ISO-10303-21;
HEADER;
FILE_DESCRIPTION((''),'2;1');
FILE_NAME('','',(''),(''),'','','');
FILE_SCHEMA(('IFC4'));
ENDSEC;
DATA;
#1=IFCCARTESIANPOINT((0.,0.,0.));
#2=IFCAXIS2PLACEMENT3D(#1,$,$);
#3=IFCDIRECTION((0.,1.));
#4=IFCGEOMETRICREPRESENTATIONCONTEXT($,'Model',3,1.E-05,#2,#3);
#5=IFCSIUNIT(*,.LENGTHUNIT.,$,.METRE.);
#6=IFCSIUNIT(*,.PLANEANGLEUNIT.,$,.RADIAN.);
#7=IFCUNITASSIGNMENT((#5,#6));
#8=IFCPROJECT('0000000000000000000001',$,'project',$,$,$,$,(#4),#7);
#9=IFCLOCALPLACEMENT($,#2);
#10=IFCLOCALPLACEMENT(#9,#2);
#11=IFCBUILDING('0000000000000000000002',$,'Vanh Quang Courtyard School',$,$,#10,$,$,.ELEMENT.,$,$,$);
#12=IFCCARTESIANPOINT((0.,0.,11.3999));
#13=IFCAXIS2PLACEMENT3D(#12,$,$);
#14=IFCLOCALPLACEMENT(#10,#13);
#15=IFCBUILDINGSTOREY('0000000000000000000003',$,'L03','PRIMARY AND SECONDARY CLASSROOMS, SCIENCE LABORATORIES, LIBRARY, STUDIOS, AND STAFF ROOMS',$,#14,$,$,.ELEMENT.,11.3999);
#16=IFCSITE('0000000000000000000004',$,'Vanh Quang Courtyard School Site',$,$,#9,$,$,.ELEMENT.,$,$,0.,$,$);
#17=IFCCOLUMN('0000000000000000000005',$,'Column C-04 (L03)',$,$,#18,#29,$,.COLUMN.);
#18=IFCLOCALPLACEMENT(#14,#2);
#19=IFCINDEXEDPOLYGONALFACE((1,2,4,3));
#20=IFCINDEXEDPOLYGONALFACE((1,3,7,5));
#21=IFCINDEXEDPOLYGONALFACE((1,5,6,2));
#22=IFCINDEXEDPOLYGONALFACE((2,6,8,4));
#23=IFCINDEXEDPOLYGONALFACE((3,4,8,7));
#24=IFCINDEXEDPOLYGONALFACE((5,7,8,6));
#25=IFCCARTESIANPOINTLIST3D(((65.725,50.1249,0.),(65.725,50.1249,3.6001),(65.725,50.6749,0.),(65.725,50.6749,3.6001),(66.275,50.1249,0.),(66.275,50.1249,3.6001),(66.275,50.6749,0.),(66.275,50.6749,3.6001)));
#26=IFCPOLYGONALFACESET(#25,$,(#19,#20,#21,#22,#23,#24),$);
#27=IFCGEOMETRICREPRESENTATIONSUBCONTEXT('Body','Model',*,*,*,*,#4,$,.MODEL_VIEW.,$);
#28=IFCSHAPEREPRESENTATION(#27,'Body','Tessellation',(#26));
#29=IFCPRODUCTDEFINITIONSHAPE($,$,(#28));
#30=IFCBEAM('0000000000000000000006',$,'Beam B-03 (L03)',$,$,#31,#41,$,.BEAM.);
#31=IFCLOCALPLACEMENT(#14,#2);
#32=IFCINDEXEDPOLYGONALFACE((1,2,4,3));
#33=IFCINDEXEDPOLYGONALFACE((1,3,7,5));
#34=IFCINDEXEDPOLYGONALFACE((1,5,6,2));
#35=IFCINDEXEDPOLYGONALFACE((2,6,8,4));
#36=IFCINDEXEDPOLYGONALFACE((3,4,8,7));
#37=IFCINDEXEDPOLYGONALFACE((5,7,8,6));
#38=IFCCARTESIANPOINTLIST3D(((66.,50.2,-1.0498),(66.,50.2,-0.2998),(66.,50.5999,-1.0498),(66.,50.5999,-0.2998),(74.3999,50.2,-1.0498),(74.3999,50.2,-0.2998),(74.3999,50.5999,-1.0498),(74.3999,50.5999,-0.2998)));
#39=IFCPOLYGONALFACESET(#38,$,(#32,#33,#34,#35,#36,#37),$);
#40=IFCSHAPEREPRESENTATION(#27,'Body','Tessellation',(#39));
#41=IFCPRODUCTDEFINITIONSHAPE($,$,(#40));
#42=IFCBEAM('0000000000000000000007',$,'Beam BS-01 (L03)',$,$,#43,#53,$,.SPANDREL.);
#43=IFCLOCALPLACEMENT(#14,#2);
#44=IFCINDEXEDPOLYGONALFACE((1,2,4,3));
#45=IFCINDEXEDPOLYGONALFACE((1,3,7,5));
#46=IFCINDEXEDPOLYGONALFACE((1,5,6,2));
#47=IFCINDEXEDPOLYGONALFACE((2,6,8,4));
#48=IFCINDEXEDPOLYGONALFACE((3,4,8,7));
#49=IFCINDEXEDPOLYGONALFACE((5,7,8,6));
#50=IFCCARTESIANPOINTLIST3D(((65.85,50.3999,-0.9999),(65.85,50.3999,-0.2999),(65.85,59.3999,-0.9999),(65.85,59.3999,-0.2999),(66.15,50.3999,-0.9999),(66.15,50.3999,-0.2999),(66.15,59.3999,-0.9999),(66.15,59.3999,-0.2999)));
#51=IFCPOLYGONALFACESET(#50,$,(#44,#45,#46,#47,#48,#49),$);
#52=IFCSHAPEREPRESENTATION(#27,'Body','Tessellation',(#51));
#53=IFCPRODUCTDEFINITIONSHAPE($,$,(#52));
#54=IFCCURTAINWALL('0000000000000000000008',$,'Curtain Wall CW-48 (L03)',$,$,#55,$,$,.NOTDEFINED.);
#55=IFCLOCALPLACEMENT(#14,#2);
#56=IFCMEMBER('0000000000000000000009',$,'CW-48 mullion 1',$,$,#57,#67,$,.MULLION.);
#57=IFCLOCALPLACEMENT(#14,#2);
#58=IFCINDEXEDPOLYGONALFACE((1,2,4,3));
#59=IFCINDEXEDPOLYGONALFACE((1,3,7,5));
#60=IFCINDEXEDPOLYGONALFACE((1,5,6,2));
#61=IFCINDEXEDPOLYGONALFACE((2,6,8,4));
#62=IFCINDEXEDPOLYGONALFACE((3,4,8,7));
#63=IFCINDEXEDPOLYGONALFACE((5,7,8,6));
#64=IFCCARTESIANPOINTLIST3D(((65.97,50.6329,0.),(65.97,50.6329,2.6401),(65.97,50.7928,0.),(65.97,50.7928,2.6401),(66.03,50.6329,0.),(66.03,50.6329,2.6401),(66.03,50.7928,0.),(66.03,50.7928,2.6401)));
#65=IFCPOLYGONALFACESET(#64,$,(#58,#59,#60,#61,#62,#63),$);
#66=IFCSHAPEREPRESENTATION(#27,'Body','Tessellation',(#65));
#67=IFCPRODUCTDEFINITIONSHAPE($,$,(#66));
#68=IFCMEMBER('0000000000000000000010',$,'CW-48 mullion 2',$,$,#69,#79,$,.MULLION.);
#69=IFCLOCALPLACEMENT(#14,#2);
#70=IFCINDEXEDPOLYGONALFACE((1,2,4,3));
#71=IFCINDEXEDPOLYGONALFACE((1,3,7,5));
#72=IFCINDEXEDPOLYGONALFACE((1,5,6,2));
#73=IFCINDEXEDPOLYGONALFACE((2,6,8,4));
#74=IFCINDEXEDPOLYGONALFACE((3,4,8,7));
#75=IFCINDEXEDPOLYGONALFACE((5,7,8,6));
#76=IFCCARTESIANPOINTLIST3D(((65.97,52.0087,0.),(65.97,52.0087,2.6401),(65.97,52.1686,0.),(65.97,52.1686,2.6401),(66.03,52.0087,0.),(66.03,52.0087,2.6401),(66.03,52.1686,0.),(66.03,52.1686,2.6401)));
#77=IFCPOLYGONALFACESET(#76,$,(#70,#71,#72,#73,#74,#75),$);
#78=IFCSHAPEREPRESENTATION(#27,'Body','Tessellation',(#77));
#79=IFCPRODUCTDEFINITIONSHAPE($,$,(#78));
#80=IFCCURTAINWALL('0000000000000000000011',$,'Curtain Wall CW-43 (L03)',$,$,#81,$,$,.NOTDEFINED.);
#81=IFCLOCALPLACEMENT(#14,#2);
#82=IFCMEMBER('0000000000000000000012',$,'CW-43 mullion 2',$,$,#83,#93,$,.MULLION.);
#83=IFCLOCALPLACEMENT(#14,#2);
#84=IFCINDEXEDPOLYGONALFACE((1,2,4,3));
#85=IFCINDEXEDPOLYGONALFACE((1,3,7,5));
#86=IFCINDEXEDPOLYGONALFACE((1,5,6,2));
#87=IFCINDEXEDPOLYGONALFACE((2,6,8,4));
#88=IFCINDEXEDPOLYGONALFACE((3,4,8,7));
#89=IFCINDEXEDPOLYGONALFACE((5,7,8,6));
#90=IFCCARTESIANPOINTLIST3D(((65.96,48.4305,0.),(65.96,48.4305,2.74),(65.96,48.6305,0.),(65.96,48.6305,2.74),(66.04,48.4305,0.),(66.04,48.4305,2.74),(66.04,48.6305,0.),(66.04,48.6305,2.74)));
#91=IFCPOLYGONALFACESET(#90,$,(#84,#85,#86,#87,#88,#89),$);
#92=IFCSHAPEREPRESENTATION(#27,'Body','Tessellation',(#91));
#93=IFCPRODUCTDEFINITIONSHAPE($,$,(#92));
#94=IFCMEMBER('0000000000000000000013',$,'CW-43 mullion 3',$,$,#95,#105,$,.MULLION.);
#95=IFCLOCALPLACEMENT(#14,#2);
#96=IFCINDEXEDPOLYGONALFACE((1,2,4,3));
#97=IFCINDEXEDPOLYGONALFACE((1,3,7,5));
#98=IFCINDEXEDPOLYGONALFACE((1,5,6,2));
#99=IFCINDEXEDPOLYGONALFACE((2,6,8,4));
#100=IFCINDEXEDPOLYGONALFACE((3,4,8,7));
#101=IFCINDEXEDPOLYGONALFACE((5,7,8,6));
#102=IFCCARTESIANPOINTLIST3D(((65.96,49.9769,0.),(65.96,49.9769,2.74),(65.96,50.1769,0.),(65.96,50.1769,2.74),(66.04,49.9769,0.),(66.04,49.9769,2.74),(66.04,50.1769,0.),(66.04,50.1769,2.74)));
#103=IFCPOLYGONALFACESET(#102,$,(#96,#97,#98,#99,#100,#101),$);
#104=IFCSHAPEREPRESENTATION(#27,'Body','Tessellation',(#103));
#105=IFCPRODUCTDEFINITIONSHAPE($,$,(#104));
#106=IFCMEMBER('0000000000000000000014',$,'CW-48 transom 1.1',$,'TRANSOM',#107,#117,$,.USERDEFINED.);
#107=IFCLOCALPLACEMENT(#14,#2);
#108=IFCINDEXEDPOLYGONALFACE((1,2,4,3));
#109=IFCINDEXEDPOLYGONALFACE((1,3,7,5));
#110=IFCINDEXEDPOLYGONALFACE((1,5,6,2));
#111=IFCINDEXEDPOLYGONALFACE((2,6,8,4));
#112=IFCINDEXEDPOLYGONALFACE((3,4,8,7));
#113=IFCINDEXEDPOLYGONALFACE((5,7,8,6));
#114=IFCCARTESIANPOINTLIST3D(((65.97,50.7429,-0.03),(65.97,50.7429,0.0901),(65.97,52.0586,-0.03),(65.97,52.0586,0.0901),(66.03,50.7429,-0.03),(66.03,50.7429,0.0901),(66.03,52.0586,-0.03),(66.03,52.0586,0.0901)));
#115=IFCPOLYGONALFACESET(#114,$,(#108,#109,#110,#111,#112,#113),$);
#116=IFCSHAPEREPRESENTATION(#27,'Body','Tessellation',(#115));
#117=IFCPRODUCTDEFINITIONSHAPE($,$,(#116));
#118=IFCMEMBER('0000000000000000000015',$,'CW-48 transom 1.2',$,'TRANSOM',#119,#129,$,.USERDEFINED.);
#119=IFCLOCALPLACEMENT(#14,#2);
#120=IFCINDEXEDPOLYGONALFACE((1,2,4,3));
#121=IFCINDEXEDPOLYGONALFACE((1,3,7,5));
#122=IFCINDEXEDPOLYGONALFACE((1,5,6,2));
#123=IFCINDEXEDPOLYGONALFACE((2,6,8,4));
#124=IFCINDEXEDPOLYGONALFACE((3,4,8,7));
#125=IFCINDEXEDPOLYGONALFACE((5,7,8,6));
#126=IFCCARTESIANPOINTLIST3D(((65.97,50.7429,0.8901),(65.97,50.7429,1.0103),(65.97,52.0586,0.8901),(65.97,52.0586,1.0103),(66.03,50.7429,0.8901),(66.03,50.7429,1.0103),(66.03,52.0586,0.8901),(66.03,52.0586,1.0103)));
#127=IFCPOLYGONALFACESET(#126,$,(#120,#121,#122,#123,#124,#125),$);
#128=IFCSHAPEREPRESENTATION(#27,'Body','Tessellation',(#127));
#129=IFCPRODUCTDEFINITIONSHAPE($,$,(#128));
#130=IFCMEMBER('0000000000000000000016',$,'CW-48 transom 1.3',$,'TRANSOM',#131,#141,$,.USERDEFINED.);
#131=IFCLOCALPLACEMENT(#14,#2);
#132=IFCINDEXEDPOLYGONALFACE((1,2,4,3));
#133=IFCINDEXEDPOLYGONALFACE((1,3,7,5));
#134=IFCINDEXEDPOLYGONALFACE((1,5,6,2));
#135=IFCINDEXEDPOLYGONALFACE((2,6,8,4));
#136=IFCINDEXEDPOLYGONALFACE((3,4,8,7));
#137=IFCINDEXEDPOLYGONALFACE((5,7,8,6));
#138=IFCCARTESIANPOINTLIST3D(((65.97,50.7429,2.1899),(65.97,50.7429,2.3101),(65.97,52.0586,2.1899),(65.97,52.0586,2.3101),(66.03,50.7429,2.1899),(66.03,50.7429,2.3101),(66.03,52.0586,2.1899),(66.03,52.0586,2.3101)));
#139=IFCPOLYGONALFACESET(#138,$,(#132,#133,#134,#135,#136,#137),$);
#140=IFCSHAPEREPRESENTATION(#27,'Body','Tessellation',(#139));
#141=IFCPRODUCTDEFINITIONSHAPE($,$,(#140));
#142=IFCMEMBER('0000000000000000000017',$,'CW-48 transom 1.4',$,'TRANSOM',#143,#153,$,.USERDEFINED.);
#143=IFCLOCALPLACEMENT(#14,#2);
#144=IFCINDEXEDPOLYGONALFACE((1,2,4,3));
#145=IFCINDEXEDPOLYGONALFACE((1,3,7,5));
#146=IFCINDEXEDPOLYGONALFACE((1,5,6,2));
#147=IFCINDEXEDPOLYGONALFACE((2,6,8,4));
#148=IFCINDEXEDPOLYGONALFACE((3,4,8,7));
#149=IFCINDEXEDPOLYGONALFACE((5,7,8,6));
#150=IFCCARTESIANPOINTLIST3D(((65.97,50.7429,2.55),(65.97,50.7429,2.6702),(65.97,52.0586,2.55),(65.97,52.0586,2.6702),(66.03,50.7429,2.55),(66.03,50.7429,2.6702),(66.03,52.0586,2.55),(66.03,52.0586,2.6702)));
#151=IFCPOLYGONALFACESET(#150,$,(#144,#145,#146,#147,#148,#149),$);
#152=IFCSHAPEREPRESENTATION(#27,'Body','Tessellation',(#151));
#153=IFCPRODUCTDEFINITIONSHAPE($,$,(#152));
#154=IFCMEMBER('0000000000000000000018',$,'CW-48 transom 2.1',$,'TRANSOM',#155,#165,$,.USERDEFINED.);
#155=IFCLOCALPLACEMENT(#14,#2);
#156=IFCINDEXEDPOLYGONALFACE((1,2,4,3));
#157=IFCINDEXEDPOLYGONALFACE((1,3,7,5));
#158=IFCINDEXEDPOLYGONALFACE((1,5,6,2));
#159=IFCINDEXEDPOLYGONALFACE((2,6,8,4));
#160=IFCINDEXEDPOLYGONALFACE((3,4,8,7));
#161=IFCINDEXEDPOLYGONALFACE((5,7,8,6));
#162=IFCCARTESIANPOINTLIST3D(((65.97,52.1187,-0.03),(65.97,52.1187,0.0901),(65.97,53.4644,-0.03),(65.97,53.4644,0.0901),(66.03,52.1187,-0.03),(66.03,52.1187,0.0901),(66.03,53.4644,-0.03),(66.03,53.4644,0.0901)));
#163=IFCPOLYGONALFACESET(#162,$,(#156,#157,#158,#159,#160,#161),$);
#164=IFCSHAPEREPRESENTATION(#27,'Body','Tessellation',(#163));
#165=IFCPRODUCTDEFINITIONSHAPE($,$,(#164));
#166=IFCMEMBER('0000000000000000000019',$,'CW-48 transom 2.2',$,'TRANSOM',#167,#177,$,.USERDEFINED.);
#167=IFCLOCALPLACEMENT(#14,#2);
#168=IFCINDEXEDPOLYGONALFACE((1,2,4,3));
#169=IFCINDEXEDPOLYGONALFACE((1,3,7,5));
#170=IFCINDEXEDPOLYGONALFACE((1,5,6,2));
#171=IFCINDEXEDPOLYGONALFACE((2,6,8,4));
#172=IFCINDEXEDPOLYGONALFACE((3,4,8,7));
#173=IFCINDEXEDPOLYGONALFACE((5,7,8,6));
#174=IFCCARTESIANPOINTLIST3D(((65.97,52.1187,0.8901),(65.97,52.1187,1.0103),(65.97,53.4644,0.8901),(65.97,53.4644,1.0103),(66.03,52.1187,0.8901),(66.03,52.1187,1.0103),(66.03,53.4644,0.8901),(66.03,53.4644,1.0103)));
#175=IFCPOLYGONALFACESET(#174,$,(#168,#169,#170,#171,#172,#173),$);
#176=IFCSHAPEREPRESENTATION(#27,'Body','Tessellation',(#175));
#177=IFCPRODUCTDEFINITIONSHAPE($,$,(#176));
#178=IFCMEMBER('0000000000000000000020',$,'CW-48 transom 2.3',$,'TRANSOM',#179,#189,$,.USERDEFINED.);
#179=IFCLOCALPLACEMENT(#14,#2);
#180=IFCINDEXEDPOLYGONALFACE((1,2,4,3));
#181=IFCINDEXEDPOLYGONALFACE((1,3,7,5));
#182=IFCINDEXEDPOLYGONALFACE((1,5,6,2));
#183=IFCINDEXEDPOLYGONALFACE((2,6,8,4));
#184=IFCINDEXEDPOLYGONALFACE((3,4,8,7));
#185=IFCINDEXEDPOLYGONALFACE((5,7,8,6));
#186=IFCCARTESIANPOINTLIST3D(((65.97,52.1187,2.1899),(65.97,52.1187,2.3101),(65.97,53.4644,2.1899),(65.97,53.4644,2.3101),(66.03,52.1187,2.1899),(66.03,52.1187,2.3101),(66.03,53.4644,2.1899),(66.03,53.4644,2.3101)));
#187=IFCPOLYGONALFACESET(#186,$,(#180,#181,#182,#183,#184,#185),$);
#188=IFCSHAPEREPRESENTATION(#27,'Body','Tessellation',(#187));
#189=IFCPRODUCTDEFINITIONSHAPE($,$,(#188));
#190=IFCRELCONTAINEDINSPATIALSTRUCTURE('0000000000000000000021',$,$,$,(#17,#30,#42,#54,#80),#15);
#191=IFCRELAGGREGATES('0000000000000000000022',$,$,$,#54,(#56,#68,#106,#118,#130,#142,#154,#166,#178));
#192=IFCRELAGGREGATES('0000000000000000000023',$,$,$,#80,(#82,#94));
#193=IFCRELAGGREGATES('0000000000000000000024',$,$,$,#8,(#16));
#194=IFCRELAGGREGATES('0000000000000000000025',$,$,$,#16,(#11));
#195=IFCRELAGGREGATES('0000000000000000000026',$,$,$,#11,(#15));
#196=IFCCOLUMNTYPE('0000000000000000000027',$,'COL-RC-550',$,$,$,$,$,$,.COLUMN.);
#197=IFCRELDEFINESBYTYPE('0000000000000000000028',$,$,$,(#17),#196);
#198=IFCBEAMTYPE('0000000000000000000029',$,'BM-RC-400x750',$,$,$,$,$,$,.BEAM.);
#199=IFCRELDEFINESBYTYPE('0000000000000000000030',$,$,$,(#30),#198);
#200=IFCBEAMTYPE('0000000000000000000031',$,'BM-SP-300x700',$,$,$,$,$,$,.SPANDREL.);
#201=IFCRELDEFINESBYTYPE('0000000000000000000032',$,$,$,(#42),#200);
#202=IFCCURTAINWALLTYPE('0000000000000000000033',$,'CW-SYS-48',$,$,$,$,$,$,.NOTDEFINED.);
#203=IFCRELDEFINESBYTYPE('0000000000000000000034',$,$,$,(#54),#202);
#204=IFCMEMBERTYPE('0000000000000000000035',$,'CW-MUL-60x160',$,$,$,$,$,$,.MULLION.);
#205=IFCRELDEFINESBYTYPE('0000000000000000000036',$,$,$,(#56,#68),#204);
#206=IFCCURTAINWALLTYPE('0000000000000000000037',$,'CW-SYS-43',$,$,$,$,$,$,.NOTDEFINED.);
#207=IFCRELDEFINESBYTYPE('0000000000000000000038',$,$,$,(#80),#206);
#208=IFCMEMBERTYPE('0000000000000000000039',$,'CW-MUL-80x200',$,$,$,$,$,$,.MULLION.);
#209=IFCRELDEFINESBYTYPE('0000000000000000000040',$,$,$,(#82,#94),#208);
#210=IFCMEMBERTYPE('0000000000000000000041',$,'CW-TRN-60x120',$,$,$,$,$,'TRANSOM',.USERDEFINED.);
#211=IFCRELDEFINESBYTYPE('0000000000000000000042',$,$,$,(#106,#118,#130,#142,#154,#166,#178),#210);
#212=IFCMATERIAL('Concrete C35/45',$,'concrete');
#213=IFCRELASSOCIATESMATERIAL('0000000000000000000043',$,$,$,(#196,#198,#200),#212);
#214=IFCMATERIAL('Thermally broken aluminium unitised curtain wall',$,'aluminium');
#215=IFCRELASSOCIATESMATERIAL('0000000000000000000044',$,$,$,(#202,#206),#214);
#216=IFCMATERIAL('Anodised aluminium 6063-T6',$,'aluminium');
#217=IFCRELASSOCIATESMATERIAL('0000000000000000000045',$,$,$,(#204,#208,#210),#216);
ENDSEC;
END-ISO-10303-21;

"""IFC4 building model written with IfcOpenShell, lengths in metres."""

from ifc_helpers import new_model, si_unit, direction, frame, origin, origin_2d, place, context, subcontext, project, spatial, rectangle, extrude, material, material_profile, profile_set, type_object, element, aggregate, save


model = new_model("IFC4")

# Units and contexts
model_context = context("Model", 3, precision=1e-05, world=origin(), true_north=direction((0.0, 1.0)))
body_context = subcontext(model_context, "Body", "Model", "MODEL_VIEW")
ifc_project = project(units=[si_unit("LENGTHUNIT", "METRE"), si_unit("PLANEANGLEUNIT", "RADIAN")], contexts=[model_context])

# Site, building, storey
site_placement = place(None, origin())
site = spatial("IfcSite", under=ifc_project, at=site_placement, Name="Vanh Quang Courtyard School Site", CompositionType="ELEMENT", RefElevation=0.0)
building_placement = place(site_placement, origin())
building = spatial("IfcBuilding", under=site, at=building_placement, Name="Vanh Quang Courtyard School", CompositionType="ELEMENT")
storey_placement = place(building_placement, frame((0.0, 0.0, 11.3999)))
storey = spatial("IfcBuildingStorey", under=building, at=storey_placement, Name="L03", Description="PRIMARY AND SECONDARY CLASSROOMS, SCIENCE LABORATORIES, LIBRARY, STUDIOS, AND STAFF ROOMS", CompositionType="ELEMENT", Elevation=11.3999)

# Column
ifc_material_1 = material(Name="Concrete C35/45", Category="concrete")
ifc_material_profile_1 = material_profile(ifc_material_1, rectangle(XDim=0.55, YDim=0.55, at=origin_2d()), Name="RC-COL 550x550")
ifc_profile_set_1 = profile_set([ifc_material_profile_1], Name="Concrete C35/45")
column_type = type_object("IfcColumnType", Name="COL-RC-550", PredefinedType="COLUMN", material=ifc_profile_set_1)
column_placement = place(storey_placement, frame((66.0, 50.3999, 0.0), z_axis=(0.0, 0.0, 1.0), x_axis=(1.0, 0.0, 0.0)))
element("IfcColumn", 1, at=column_placement, inside=storey, type_object=column_type, Name="Column C-04 (L03)", PredefinedType="COLUMN", context=body_context, shape_type="SweptSolid", body=[
    extrude(rectangle(XDim=0.55, YDim=0.55, at=origin_2d()), origin(), (0.0, 0.0, 1.0), 3.6001),
])

# Beams
ifc_material_profile_2 = material_profile(ifc_material_1, rectangle(XDim=0.3999, YDim=0.75, at=origin_2d()), Name="RC-BM 400x750")
ifc_profile_set_2 = profile_set([ifc_material_profile_2], Name="Concrete C35/45")
beam_type_1 = type_object("IfcBeamType", Name="BM-RC-400x750", PredefinedType="BEAM", material=ifc_profile_set_2)
beam_1_placement = place(storey_placement, frame((66.0, 50.3999, -0.6748), z_axis=(1.0, 0.0, 0.0), x_axis=(0.0, 1.0, 0.0)))
element("IfcBeam", 2, at=beam_1_placement, inside=storey, type_object=beam_type_1, Name="Beam B-03 (L03)", PredefinedType="BEAM", context=body_context, shape_type="SweptSolid", body=[
    extrude(rectangle(XDim=0.3999, YDim=0.75, at=origin_2d()), origin(), (0.0, 0.0, 1.0), 8.3999),
])
ifc_material_profile_3 = material_profile(ifc_material_1, rectangle(XDim=0.3, YDim=0.7, at=origin_2d()), Name="RC-SP 300x700")
ifc_profile_set_3 = profile_set([ifc_material_profile_3], Name="Concrete C35/45")
beam_type_2 = type_object("IfcBeamType", Name="BM-SP-300x700", PredefinedType="SPANDREL", material=ifc_profile_set_3)
beam_2_placement = place(storey_placement, frame((66.0, 50.3999, -0.6499), z_axis=(0.0, 1.0, 0.0), x_axis=(-1.0, 0.0, 0.0)))
element("IfcBeam", 3, at=beam_2_placement, inside=storey, type_object=beam_type_2, Name="Beam BS-01 (L03)", PredefinedType="SPANDREL", context=body_context, shape_type="SweptSolid", body=[
    extrude(rectangle(XDim=0.3, YDim=0.7, at=origin_2d()), origin(), (0.0, 0.0, 1.0), 9.0),
])

# Curtain walls, members
ifc_material_2 = material(Name="Thermally broken aluminium unitised curtain wall", Category="aluminium")
curtain_wall_type_1 = type_object("IfcCurtainWallType", Name="CW-SYS-48", PredefinedType="NOTDEFINED", material=ifc_material_2)
curtain_wall_1_placement = place(storey_placement, origin())
curtain_wall_1 = element("IfcCurtainWall", 4, at=curtain_wall_1_placement, inside=storey, type_object=curtain_wall_type_1, Name="Curtain Wall CW-48 (L03)", PredefinedType="NOTDEFINED")
ifc_material_3 = material(Name="Anodised aluminium 6063-T6", Category="aluminium")
ifc_material_profile_4 = material_profile(ifc_material_3, rectangle(XDim=0.0601, YDim=0.1599, at=origin_2d()), Name="ALU-MUL 60x160")
ifc_profile_set_4 = profile_set([ifc_material_profile_4], Name="Anodised aluminium 6063-T6")
member_type_1 = type_object("IfcMemberType", Name="CW-MUL-60x160", PredefinedType="MULLION", material=ifc_profile_set_4)
member_1_placement = place(storey_placement, frame((66.0, 50.7129, 0.0), z_axis=(0.0, 0.0, 1.0), x_axis=(-1.0, 0.0, 0.0)))
member_1 = element("IfcMember", 5, at=member_1_placement, type_object=member_type_1, Name="CW-48 mullion 1", PredefinedType="MULLION", context=body_context, shape_type="SweptSolid", body=[
    extrude(rectangle(XDim=0.0601, YDim=0.1599, at=origin_2d()), origin(), (0.0, 0.0, 1.0), 2.6401),
])
member_2_placement = place(storey_placement, frame((66.0, 52.0886, 0.0), z_axis=(0.0, 0.0, 1.0), x_axis=(-1.0, 0.0, 0.0)))
member_2 = element("IfcMember", 6, at=member_2_placement, type_object=member_type_1, Name="CW-48 mullion 2", PredefinedType="MULLION", context=body_context, shape_type="SweptSolid", body=[
    extrude(rectangle(XDim=0.0601, YDim=0.1599, at=origin_2d()), origin(), (0.0, 0.0, 1.0), 2.6401),
])
curtain_wall_type_2 = type_object("IfcCurtainWallType", Name="CW-SYS-43", PredefinedType="NOTDEFINED", material=ifc_material_2)
curtain_wall_2_placement = place(storey_placement, origin())
curtain_wall_2 = element("IfcCurtainWall", 7, at=curtain_wall_2_placement, inside=storey, type_object=curtain_wall_type_2, Name="Curtain Wall CW-43 (L03)", PredefinedType="NOTDEFINED")
ifc_material_profile_5 = material_profile(ifc_material_3, rectangle(XDim=0.0801, YDim=0.2, at=origin_2d()), Name="ALU-MUL 80x200")
ifc_profile_set_5 = profile_set([ifc_material_profile_5], Name="Anodised aluminium 6063-T6")
member_type_2 = type_object("IfcMemberType", Name="CW-MUL-80x200", PredefinedType="MULLION", material=ifc_profile_set_5)
member_3_placement = place(storey_placement, frame((66.0, 48.5305, 0.0), z_axis=(0.0, 0.0, 1.0), x_axis=(-1.0, 0.0, 0.0)))
member_3 = element("IfcMember", 8, at=member_3_placement, type_object=member_type_2, Name="CW-43 mullion 2", PredefinedType="MULLION", context=body_context, shape_type="SweptSolid", body=[
    extrude(rectangle(XDim=0.0801, YDim=0.2, at=origin_2d()), origin(), (0.0, 0.0, 1.0), 2.74),
])
member_4_placement = place(storey_placement, frame((66.0, 50.0769, 0.0), z_axis=(0.0, 0.0, 1.0), x_axis=(-1.0, 0.0, 0.0)))
member_4 = element("IfcMember", 9, at=member_4_placement, type_object=member_type_2, Name="CW-43 mullion 3", PredefinedType="MULLION", context=body_context, shape_type="SweptSolid", body=[
    extrude(rectangle(XDim=0.0801, YDim=0.2, at=origin_2d()), origin(), (0.0, 0.0, 1.0), 2.74),
])

# Members
ifc_material_profile_6 = material_profile(ifc_material_3, rectangle(XDim=0.0601, YDim=0.1201, at=origin_2d()), Name="ALU-TRN 60x120")
ifc_profile_set_6 = profile_set([ifc_material_profile_6], Name="Anodised aluminium 6063-T6")
member_type_3 = type_object("IfcMemberType", Name="CW-TRN-60x120", ElementType="TRANSOM", PredefinedType="USERDEFINED", material=ifc_profile_set_6)
member_5_placement = place(storey_placement, frame((66.0, 50.7429, 0.03), z_axis=(0.0, 1.0, 0.0), x_axis=(-1.0, 0.0, 0.0)))
member_5 = element("IfcMember", 10, at=member_5_placement, type_object=member_type_3, Name="CW-48 transom 1.1", ObjectType="TRANSOM", PredefinedType="USERDEFINED", context=body_context, shape_type="SweptSolid", body=[
    extrude(rectangle(XDim=0.0601, YDim=0.1201, at=origin_2d()), origin(), (0.0, 0.0, 1.0), 1.3157),
])
member_6_placement = place(storey_placement, frame((66.0, 50.7429, 0.9502), z_axis=(0.0, 1.0, 0.0), x_axis=(-1.0, 0.0, 0.0)))
member_6 = element("IfcMember", 11, at=member_6_placement, type_object=member_type_3, Name="CW-48 transom 1.2", ObjectType="TRANSOM", PredefinedType="USERDEFINED", context=body_context, shape_type="SweptSolid", body=[
    extrude(rectangle(XDim=0.0601, YDim=0.1201, at=origin_2d()), origin(), (0.0, 0.0, 1.0), 1.3157),
])
member_7_placement = place(storey_placement, frame((66.0, 50.7429, 2.25), z_axis=(0.0, 1.0, 0.0), x_axis=(-1.0, 0.0, 0.0)))
member_7 = element("IfcMember", 12, at=member_7_placement, type_object=member_type_3, Name="CW-48 transom 1.3", ObjectType="TRANSOM", PredefinedType="USERDEFINED", context=body_context, shape_type="SweptSolid", body=[
    extrude(rectangle(XDim=0.0601, YDim=0.1201, at=origin_2d()), origin(), (0.0, 0.0, 1.0), 1.3157),
])
member_8_placement = place(storey_placement, frame((66.0, 50.7429, 2.6101), z_axis=(0.0, 1.0, 0.0), x_axis=(-1.0, 0.0, 0.0)))
member_8 = element("IfcMember", 13, at=member_8_placement, type_object=member_type_3, Name="CW-48 transom 1.4", ObjectType="TRANSOM", PredefinedType="USERDEFINED", context=body_context, shape_type="SweptSolid", body=[
    extrude(rectangle(XDim=0.0601, YDim=0.1201, at=origin_2d()), origin(), (0.0, 0.0, 1.0), 1.3157),
])
member_9_placement = place(storey_placement, frame((66.0, 52.1187, 0.03), z_axis=(0.0, 1.0, 0.0), x_axis=(-1.0, 0.0, 0.0)))
member_9 = element("IfcMember", 14, at=member_9_placement, type_object=member_type_3, Name="CW-48 transom 2.1", ObjectType="TRANSOM", PredefinedType="USERDEFINED", context=body_context, shape_type="SweptSolid", body=[
    extrude(rectangle(XDim=0.0601, YDim=0.1201, at=origin_2d()), origin(), (0.0, 0.0, 1.0), 1.3457),
])
member_10_placement = place(storey_placement, frame((66.0, 52.1187, 0.9502), z_axis=(0.0, 1.0, 0.0), x_axis=(-1.0, 0.0, 0.0)))
member_10 = element("IfcMember", 15, at=member_10_placement, type_object=member_type_3, Name="CW-48 transom 2.2", ObjectType="TRANSOM", PredefinedType="USERDEFINED", context=body_context, shape_type="SweptSolid", body=[
    extrude(rectangle(XDim=0.0601, YDim=0.1201, at=origin_2d()), origin(), (0.0, 0.0, 1.0), 1.3457),
])
member_11_placement = place(storey_placement, frame((66.0, 52.1187, 2.25), z_axis=(0.0, 1.0, 0.0), x_axis=(-1.0, 0.0, 0.0)))
member_11 = element("IfcMember", 16, at=member_11_placement, type_object=member_type_3, Name="CW-48 transom 2.3", ObjectType="TRANSOM", PredefinedType="USERDEFINED", context=body_context, shape_type="SweptSolid", body=[
    extrude(rectangle(XDim=0.0601, YDim=0.1201, at=origin_2d()), origin(), (0.0, 0.0, 1.0), 1.3457),
])

aggregate(curtain_wall_1, [member_1, member_2, member_5, member_6, member_7, member_8, member_9, member_10, member_11])
aggregate(curtain_wall_2, [member_3, member_4])

save(model, "model.ifc")
